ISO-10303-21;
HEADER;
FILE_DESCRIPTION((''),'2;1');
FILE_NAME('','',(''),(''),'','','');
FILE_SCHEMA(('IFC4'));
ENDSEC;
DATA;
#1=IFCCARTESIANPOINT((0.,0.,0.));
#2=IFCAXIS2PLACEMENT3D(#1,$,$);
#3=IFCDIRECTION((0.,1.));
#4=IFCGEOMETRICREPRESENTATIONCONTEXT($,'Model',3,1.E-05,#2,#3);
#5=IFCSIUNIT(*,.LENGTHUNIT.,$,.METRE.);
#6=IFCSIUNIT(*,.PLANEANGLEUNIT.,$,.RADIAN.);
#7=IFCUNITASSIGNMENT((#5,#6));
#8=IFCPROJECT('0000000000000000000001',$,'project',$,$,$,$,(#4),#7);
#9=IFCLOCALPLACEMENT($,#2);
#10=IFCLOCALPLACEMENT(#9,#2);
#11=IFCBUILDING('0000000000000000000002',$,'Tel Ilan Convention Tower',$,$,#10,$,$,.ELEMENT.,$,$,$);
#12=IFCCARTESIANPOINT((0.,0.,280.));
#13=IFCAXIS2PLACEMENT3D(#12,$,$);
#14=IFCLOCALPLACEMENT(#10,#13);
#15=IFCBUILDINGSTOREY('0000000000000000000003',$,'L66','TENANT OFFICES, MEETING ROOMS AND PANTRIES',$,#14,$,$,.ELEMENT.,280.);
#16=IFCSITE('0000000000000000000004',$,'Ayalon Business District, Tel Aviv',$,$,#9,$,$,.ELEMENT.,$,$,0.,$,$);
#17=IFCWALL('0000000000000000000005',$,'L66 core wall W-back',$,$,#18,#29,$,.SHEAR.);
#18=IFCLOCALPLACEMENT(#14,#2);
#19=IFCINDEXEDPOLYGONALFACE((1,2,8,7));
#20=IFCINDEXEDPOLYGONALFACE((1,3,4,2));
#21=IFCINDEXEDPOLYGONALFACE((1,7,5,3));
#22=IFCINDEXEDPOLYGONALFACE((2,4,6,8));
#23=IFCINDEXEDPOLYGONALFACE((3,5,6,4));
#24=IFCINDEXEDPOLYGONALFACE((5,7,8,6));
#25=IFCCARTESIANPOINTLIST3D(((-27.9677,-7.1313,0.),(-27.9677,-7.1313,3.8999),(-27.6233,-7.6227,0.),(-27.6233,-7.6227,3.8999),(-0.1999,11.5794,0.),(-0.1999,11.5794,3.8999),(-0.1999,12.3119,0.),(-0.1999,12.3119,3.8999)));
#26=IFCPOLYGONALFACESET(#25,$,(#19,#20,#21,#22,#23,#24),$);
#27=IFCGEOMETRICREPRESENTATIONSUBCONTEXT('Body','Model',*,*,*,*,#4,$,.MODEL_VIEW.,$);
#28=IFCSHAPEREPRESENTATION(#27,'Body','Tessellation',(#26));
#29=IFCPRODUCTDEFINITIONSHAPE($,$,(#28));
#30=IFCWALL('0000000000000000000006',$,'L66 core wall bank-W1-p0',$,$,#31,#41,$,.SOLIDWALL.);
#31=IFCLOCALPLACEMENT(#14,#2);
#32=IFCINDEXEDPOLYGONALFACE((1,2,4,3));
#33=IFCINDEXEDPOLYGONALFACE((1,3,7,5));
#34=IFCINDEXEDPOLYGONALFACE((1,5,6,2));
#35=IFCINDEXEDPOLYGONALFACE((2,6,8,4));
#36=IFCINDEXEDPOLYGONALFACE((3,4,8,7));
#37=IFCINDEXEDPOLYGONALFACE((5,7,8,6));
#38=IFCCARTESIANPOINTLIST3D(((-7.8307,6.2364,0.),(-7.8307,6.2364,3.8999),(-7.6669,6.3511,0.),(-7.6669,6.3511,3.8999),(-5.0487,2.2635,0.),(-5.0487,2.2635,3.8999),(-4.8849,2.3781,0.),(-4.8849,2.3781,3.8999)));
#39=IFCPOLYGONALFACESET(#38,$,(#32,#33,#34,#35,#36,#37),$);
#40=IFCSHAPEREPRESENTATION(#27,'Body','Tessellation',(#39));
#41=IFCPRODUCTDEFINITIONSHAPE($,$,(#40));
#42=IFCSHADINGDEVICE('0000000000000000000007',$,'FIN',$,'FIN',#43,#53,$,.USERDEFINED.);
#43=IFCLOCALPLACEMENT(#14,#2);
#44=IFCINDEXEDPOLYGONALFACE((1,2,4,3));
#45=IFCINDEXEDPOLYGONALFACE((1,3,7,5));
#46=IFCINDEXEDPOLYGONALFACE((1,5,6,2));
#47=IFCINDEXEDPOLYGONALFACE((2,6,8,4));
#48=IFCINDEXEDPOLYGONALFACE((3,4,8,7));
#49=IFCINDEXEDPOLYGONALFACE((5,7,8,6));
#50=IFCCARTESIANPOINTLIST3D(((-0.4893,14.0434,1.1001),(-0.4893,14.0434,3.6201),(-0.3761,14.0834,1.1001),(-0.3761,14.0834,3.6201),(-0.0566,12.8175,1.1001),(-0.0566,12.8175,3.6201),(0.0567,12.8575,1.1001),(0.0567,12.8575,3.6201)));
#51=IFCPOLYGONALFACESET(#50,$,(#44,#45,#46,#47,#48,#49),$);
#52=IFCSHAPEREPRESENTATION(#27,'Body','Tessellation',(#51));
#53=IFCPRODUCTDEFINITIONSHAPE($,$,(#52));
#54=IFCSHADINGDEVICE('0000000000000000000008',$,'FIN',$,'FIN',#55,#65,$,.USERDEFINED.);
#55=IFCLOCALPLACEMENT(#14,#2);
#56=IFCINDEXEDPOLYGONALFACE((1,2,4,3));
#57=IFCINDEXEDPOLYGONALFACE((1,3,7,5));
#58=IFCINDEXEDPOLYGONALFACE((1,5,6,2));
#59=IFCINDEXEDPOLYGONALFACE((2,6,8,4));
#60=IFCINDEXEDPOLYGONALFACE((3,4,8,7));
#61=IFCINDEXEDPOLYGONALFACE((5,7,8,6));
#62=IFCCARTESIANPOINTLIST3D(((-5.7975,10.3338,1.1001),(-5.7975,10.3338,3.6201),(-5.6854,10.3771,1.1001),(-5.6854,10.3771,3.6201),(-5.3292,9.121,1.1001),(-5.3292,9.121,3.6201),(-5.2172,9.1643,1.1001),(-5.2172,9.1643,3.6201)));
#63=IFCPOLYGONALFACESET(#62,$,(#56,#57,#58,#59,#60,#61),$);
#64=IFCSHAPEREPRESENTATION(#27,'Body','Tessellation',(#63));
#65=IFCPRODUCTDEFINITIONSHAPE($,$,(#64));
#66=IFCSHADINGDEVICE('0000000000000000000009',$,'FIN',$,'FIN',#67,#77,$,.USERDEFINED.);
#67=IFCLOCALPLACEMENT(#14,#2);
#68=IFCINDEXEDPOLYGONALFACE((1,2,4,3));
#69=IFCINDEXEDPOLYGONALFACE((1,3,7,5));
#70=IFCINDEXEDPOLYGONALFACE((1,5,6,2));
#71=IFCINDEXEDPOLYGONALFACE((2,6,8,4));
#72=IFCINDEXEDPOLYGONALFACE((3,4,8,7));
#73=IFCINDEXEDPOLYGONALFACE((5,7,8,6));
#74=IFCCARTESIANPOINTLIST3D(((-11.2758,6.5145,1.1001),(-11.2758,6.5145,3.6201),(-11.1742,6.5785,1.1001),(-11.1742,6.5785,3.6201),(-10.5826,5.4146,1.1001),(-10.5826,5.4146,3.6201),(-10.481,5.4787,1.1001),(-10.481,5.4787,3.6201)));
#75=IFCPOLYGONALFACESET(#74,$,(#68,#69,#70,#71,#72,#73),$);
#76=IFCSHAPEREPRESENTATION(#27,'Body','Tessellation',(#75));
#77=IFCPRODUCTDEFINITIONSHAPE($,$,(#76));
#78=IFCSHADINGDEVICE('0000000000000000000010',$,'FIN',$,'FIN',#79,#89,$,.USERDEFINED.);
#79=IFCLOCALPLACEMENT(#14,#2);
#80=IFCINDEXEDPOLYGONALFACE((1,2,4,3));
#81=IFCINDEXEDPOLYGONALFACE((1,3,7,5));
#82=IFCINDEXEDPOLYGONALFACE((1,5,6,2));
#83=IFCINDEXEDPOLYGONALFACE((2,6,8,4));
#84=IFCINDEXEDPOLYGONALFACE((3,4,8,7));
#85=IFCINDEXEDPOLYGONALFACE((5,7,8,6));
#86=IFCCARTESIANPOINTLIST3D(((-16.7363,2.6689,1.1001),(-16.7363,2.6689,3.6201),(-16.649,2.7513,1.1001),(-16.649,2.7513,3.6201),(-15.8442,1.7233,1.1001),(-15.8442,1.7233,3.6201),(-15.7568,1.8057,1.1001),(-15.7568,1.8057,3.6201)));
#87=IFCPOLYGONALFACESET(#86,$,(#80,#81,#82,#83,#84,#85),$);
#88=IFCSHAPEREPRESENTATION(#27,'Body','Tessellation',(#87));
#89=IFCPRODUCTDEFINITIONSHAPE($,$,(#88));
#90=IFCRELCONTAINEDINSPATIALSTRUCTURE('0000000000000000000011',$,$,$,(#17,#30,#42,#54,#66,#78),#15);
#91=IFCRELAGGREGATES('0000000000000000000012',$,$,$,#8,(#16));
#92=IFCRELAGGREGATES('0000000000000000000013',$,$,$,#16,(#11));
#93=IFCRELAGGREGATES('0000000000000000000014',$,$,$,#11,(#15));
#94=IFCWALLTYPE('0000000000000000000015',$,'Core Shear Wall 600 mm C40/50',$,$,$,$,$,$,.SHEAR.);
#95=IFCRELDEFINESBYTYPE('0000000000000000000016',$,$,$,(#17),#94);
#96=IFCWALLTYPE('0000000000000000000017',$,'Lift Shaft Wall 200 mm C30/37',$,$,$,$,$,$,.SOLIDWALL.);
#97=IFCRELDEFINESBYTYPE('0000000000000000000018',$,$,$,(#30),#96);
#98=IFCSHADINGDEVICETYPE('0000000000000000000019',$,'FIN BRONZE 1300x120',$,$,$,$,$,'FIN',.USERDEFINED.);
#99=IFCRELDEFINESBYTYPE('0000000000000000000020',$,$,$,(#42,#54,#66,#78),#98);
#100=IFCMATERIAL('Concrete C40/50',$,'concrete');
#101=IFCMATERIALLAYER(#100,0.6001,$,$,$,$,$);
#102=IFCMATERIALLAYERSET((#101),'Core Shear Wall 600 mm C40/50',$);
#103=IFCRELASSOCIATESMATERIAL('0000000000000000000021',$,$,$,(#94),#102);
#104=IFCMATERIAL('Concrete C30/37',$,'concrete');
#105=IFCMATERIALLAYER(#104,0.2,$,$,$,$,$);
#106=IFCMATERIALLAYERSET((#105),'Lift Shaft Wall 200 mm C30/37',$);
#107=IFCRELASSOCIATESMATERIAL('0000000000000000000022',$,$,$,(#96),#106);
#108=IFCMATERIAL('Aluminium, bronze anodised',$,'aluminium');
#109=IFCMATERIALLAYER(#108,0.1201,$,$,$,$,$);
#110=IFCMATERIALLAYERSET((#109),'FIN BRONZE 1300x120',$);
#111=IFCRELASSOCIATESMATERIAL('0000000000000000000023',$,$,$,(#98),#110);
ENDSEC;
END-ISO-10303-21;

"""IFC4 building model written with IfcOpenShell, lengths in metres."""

from ifc_helpers import new_model, si_unit, direction, frame, frame_2d, origin, origin_2d, place, context, subcontext, project, spatial, polyline, rectangle, outline, extrude, material, layer, layer_set, type_object, element, save


model = new_model("IFC4")

# Units and contexts
model_context = context("Model", 3, precision=1e-05, world=origin(), true_north=direction((0.0, 1.0)))
body_context = subcontext(model_context, "Body", "Model", "MODEL_VIEW")
ifc_project = project(units=[si_unit("LENGTHUNIT", "METRE"), si_unit("PLANEANGLEUNIT", "RADIAN")], contexts=[model_context])

# Site, building, storey
site_placement = place(None, origin())
site = spatial("IfcSite", under=ifc_project, at=site_placement, Name="Ayalon Business District, Tel Aviv", CompositionType="ELEMENT", RefElevation=0.0)
building_placement = place(site_placement, origin())
building = spatial("IfcBuilding", under=site, at=building_placement, Name="Tel Ilan Convention Tower", CompositionType="ELEMENT")
storey_placement = place(building_placement, frame((0.0, 0.0, 280.0)))
storey = spatial("IfcBuildingStorey", under=building, at=storey_placement, Name="L66", Description="TENANT OFFICES, MEETING ROOMS AND PANTRIES", CompositionType="ELEMENT", Elevation=280.0)

# Walls
ifc_material_1 = material(Name="Concrete C40/50", Category="concrete")
ifc_layer_1 = layer(ifc_material_1, 0.6001)
ifc_layer_set_1 = layer_set([ifc_layer_1], Name="Core Shear Wall 600 mm C40/50")
wall_type_1 = type_object("IfcWallType", Name="Core Shear Wall 600 mm C40/50", PredefinedType="SHEAR", material=ifc_layer_set_1)
wall_1_placement = place(storey_placement, frame((-0.0278, 12.0662, 0.0), z_axis=(0.0, 0.0, 1.0), x_axis=(-0.819151, -0.573577, 0.0)))
element("IfcWall", 1, at=wall_1_placement, inside=storey, type_object=wall_type_1, Name="L66 core wall W-back", PredefinedType="SHEAR", context=body_context, shape_type="SweptSolid", body=[
    extrude(outline(polyline([(33.8979, 0.3), (0.4202, 0.3), (0.0, -0.3), (33.8982, -0.3), (33.8979, 0.3)])), origin(), (0.0, 0.0, 1.0), 3.8999),
])
ifc_material_2 = material(Name="Concrete C30/37", Category="concrete")
ifc_layer_2 = layer(ifc_material_2, 0.2)
ifc_layer_set_2 = layer_set([ifc_layer_2], Name="Lift Shaft Wall 200 mm C30/37")
wall_type_2 = type_object("IfcWallType", Name="Lift Shaft Wall 200 mm C30/37", PredefinedType="SOLIDWALL", material=ifc_layer_set_2)
wall_2_placement = place(storey_placement, frame((-4.9668, 2.3208, 0.0), z_axis=(0.0, 0.0, 1.0), x_axis=(-0.573594, 0.81914, 0.0)))
element("IfcWall", 2, at=wall_2_placement, inside=storey, type_object=wall_type_2, Name="L66 core wall bank-W1-p0", PredefinedType="SOLIDWALL", context=body_context, shape_type="SweptSolid", body=[
    extrude(rectangle(XDim=4.8501, YDim=0.2, at=frame_2d((2.425, 0.0))), origin(), (0.0, 0.0, 1.0), 3.8999),
])

# Shading devices
ifc_material_3 = material(Name="Aluminium, bronze anodised", Category="aluminium")
ifc_layer_3 = layer(ifc_material_3, 0.1201)
ifc_layer_set_3 = layer_set([ifc_layer_3], Name="FIN BRONZE 1300x120")
shading_device_type = type_object("IfcShadingDeviceType", Name="FIN BRONZE 1300x120", ElementType="FIN", PredefinedType="USERDEFINED", material=ifc_layer_set_3)
for number, where, z_axis, x_axis, name in (
    (3, (-0.2163, 13.4504, 1.1001), (0.0, 0.0, 1.0), (-0.332893, 0.942965, 0.0), "FIN"),
    (4, (-5.5073, 9.749, 1.1001), (0.0, 0.0, 1.0), (-0.360178, 0.932884, 0.0), "FIN"),
    (5, (-10.8784, 5.9966, 1.1001), (0.0, 0.0, 1.0), (-0.533204, 0.845986, 0.0), "FIN"),
    (6, (-16.2466, 2.2373, 1.1001), (0.0, 0.0, 1.0), (-0.686242, 0.727374, 0.0), "FIN"),
):
    element("IfcShadingDevice", number, at=place(storey_placement, frame(where, z_axis=z_axis, x_axis=x_axis)), inside=storey, type_object=shading_device_type, Name=name, ObjectType="FIN", PredefinedType="USERDEFINED", context=body_context, shape_type="SweptSolid", body=[
        extrude(rectangle(XDim=1.3, YDim=0.1201, at=origin_2d()), origin(), (0.0, 0.0, 1.0), 2.52),
    ])

save(model, "model.ifc")
